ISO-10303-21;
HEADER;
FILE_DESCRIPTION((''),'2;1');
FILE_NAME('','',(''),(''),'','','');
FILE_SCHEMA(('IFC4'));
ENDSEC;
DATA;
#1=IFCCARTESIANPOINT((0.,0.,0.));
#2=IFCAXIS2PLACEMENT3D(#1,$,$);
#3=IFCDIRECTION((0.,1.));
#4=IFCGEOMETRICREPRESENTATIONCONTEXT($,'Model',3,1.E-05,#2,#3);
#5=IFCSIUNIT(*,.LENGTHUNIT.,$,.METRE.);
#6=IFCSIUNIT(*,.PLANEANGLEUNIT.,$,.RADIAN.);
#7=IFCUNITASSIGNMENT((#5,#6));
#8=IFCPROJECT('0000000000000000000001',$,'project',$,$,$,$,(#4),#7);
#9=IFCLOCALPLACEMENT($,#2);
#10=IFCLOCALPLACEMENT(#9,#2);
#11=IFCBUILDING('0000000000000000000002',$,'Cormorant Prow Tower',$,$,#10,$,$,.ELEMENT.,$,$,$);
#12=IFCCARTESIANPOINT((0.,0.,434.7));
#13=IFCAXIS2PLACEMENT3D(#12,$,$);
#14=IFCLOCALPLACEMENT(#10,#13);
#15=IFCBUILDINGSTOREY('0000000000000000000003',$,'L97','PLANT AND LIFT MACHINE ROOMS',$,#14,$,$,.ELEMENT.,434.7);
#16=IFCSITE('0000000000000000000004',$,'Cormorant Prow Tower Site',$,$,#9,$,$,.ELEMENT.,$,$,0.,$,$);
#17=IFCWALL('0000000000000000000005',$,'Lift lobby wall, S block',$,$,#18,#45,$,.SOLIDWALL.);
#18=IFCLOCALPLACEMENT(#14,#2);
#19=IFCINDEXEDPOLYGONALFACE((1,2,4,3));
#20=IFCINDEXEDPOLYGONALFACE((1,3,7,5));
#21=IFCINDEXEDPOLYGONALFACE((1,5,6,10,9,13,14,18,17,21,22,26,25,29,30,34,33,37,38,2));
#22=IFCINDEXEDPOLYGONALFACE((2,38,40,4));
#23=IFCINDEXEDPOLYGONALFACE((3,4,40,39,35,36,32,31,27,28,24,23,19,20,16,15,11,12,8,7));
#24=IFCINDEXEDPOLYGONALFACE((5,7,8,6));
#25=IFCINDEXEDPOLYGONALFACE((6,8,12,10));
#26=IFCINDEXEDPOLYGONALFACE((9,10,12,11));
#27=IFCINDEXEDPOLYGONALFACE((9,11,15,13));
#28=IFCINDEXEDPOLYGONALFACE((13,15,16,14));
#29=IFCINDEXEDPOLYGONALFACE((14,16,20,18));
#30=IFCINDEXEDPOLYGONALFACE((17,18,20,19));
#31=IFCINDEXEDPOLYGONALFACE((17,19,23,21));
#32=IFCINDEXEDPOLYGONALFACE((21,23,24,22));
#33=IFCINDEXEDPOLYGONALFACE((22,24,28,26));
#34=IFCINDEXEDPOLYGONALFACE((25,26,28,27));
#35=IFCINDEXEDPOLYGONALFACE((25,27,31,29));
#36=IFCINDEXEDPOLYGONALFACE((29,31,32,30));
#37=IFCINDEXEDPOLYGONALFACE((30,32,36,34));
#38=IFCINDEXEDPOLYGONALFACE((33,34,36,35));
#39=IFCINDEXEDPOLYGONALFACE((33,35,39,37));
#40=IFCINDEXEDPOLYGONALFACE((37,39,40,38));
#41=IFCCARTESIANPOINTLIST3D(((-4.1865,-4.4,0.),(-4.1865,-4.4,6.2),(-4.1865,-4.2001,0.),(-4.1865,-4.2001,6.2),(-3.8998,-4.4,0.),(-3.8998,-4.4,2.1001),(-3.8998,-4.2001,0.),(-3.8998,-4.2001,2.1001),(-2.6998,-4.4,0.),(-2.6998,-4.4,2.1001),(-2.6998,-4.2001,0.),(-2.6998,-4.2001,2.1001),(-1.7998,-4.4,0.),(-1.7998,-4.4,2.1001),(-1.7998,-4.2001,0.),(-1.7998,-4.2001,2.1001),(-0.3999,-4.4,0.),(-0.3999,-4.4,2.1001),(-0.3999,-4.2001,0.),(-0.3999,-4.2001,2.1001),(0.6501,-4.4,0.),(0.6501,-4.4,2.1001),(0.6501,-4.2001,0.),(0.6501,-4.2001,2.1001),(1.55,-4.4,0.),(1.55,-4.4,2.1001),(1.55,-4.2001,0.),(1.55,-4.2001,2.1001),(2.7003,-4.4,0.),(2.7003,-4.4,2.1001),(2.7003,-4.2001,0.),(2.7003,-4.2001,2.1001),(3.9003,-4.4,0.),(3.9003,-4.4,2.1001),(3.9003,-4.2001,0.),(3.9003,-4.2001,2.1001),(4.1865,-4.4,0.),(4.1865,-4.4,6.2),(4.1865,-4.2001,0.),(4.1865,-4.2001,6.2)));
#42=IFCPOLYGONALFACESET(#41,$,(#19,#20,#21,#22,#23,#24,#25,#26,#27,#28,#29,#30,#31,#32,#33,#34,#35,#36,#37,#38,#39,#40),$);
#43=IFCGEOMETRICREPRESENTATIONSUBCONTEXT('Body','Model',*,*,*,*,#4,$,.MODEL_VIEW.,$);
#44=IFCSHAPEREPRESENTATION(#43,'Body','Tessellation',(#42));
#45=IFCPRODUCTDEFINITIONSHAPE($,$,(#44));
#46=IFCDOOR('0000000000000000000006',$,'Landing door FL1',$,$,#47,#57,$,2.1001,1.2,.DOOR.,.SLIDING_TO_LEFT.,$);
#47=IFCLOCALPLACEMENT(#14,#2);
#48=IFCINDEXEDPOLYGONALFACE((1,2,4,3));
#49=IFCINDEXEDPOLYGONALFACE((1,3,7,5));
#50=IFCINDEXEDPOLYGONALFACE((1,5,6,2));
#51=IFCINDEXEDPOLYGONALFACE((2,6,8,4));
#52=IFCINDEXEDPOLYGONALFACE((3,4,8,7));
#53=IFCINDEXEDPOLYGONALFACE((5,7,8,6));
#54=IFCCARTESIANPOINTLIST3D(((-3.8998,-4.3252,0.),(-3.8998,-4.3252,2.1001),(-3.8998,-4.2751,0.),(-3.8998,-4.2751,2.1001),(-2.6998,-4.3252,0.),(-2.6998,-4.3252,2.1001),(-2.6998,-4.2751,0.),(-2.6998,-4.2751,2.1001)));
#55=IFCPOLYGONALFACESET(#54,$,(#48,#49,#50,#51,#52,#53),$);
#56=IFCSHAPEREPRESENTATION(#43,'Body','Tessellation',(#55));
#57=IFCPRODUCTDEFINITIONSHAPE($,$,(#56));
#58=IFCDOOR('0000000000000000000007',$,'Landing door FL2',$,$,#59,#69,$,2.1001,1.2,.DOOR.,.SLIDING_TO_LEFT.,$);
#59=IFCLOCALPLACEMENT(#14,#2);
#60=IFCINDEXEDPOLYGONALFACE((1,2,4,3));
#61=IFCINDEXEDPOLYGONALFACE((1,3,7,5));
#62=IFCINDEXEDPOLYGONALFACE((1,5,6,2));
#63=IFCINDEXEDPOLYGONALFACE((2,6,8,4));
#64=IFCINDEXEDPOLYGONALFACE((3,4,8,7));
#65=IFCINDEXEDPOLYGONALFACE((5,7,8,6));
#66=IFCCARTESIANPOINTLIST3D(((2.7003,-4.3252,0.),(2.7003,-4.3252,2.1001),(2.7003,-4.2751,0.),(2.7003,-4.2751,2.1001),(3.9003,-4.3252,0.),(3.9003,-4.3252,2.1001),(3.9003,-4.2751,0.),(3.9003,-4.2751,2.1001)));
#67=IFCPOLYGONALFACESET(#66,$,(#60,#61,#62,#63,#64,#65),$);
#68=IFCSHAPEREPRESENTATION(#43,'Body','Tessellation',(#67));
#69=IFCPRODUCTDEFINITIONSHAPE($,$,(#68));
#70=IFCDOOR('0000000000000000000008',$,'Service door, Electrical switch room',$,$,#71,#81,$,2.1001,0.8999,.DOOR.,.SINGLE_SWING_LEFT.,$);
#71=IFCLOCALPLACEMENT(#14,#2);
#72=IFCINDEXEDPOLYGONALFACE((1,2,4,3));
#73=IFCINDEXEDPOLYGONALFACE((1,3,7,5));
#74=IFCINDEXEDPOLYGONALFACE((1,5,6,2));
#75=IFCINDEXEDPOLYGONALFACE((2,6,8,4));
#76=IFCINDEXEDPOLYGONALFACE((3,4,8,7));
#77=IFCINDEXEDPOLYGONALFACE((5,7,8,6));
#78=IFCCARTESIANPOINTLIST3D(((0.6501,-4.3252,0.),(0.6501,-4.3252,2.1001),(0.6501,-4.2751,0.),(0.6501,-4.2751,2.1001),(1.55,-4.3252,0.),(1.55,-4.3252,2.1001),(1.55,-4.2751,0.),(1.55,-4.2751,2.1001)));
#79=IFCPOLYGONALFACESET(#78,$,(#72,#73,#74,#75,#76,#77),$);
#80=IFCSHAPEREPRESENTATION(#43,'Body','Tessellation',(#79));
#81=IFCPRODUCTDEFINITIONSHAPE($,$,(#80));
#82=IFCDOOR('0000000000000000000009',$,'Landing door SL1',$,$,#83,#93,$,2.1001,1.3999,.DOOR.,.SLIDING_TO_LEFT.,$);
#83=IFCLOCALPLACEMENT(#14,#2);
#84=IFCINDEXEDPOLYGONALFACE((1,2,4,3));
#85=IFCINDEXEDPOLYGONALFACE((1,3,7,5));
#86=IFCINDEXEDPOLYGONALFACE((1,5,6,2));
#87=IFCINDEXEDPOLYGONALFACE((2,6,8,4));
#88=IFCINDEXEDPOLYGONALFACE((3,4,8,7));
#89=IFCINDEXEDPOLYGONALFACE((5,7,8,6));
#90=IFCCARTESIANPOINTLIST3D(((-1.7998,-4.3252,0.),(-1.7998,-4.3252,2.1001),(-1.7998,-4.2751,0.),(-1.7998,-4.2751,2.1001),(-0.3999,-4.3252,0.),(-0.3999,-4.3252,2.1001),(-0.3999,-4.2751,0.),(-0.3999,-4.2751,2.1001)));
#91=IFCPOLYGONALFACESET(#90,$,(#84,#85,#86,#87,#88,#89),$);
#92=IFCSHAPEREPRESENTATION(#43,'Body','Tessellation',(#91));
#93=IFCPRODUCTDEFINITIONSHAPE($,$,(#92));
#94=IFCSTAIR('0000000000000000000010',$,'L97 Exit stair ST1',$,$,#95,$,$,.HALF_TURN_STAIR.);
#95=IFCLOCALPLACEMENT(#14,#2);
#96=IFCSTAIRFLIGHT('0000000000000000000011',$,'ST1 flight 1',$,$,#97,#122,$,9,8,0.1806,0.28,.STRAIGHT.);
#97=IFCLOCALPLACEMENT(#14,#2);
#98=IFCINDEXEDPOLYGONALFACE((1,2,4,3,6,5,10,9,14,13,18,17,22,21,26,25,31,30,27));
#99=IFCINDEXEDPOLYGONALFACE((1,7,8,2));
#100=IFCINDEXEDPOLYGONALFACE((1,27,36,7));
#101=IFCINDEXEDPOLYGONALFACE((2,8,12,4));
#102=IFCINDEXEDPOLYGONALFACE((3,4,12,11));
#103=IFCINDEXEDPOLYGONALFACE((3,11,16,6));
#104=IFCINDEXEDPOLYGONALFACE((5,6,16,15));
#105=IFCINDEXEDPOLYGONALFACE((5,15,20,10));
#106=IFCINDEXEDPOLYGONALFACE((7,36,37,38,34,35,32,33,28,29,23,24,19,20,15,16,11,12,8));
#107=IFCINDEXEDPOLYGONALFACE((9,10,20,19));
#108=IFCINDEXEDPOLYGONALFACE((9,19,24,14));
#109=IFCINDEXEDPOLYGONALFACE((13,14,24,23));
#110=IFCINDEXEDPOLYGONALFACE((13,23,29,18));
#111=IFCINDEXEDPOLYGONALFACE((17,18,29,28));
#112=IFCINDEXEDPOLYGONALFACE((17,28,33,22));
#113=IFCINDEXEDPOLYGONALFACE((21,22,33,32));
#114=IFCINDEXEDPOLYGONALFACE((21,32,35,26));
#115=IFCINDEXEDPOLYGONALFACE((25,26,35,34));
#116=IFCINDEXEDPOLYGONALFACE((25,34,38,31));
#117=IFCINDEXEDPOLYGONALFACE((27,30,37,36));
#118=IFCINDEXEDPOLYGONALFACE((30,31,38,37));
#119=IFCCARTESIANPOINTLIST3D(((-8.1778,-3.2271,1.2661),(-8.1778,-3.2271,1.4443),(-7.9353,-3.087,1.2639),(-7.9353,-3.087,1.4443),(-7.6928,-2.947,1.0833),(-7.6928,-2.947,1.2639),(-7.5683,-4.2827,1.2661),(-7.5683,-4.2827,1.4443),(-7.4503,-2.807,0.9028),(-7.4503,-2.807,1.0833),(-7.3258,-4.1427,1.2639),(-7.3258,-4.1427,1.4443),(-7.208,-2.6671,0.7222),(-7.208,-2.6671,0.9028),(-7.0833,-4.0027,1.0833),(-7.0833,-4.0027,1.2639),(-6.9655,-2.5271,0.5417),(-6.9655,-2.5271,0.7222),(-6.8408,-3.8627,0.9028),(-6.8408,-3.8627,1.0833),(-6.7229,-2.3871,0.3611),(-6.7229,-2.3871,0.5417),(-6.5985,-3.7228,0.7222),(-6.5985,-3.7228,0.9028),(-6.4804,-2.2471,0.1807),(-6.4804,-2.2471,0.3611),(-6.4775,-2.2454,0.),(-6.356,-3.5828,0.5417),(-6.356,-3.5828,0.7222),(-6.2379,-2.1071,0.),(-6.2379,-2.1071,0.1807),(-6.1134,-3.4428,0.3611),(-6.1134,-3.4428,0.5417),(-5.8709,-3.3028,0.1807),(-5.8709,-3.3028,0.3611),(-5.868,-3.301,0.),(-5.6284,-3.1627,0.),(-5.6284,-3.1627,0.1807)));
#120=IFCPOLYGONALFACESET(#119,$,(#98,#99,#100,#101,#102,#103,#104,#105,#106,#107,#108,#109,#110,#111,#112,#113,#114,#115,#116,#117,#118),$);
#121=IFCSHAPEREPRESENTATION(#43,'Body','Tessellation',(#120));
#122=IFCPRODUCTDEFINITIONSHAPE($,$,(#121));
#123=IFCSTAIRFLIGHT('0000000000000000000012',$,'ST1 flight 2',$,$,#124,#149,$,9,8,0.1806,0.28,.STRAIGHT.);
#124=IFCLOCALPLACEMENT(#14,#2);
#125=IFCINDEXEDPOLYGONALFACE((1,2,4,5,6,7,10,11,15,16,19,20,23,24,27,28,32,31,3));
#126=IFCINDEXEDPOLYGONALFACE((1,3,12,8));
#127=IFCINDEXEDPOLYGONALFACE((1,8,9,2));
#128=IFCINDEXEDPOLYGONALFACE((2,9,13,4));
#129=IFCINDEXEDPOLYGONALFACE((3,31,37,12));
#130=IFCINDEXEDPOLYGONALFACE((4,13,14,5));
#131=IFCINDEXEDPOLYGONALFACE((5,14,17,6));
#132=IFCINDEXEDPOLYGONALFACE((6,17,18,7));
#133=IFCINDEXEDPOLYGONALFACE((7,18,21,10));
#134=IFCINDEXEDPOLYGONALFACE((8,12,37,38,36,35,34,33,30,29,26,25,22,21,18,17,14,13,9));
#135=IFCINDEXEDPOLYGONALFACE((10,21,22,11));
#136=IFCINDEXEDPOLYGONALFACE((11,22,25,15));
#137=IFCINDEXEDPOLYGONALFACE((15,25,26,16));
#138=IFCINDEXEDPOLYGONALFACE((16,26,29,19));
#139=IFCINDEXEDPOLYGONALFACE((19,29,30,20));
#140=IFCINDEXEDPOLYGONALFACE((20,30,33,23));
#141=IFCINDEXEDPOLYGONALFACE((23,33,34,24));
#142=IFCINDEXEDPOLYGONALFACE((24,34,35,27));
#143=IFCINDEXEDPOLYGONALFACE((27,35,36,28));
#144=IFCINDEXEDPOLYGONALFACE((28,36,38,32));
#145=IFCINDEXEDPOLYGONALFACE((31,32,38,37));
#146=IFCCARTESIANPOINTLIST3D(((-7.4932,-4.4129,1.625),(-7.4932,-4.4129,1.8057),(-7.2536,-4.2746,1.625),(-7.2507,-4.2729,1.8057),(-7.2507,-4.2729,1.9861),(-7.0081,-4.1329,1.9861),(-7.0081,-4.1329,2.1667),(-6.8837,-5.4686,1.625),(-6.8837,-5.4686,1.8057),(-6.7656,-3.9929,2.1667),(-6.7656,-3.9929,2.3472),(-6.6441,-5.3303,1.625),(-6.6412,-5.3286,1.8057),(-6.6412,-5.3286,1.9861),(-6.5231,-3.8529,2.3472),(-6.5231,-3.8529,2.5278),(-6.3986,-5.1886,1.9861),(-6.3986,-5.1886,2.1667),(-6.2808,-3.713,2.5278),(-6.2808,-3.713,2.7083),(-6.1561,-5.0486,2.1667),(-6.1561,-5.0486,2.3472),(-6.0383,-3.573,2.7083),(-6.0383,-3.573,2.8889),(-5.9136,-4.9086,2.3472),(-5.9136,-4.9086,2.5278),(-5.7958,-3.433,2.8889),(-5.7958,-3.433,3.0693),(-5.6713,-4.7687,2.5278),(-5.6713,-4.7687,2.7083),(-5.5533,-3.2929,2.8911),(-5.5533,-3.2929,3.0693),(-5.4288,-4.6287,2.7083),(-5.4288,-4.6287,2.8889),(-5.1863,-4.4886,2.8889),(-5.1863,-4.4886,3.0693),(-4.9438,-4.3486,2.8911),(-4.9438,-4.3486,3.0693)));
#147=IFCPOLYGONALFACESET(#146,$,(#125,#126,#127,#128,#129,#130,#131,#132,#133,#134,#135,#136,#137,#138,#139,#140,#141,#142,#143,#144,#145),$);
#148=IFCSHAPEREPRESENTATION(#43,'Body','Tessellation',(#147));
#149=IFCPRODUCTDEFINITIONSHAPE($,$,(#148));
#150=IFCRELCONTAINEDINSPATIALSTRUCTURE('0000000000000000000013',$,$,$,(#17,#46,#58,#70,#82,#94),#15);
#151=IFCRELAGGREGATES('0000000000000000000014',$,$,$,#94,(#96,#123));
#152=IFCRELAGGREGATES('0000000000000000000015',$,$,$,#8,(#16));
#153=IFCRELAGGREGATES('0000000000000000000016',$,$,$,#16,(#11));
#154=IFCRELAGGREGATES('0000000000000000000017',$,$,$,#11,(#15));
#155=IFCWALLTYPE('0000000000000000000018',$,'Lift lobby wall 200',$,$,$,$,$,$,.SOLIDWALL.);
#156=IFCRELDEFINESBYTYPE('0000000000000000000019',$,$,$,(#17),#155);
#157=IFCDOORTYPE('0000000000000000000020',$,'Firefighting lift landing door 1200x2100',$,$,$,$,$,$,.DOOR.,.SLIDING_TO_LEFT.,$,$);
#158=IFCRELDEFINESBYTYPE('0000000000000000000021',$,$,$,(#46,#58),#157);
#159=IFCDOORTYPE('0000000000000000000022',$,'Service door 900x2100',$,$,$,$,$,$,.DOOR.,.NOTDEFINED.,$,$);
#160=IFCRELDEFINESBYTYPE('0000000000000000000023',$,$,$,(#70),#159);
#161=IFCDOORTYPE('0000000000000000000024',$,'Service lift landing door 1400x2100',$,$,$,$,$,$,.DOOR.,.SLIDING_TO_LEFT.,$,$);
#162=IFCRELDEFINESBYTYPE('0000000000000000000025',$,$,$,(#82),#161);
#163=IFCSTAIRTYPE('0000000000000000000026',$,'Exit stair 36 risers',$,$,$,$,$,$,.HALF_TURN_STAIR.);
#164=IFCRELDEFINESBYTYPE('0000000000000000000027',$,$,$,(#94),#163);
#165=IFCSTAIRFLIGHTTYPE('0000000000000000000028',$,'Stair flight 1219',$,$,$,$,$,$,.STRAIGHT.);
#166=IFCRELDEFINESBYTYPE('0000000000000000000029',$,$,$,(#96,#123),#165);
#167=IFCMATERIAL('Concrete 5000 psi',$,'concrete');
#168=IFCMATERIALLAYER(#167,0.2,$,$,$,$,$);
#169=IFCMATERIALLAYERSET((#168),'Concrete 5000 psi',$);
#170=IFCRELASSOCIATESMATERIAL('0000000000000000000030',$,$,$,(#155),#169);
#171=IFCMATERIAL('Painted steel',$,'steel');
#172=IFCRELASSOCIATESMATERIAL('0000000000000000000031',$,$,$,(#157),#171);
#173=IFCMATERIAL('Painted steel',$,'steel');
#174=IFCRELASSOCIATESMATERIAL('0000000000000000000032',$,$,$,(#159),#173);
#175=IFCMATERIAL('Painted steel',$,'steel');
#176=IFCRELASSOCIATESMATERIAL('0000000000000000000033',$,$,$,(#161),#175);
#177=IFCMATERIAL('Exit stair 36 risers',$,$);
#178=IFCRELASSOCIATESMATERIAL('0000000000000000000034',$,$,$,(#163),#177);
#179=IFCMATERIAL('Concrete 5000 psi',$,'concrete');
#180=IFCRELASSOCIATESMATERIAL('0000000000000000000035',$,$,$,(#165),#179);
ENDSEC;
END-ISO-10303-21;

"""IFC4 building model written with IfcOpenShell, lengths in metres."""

from ifc_helpers import new_model, si_unit, direction, frame, frame_2d, origin, place, context, subcontext, project, spatial, polyline, rectangle, outline, extrude, material, layer, layer_set, type_object, element, fill, aggregate, save


model = new_model("IFC4")

# Units and contexts
model_context = context("Model", 3, precision=1e-05, world=origin(), true_north=direction((0.0, 1.0)))
body_context = subcontext(model_context, "Body", "Model", "MODEL_VIEW")
ifc_project = project(units=[si_unit("LENGTHUNIT", "METRE"), si_unit("PLANEANGLEUNIT", "RADIAN")], contexts=[model_context])

# Site, building, storey
site_placement = place(None, origin())
site = spatial("IfcSite", under=ifc_project, at=site_placement, Name="Cormorant Prow Tower Site", CompositionType="ELEMENT", RefElevation=0.0)
building_placement = place(site_placement, origin())
building = spatial("IfcBuilding", under=site, at=building_placement, Name="Cormorant Prow Tower", CompositionType="ELEMENT")
storey_placement = place(building_placement, frame((0.0, 0.0, 434.7)))
storey = spatial("IfcBuildingStorey", under=building, at=storey_placement, Name="L97", Description="PLANT AND LIFT MACHINE ROOMS", CompositionType="ELEMENT", Elevation=434.7)

# Wall, openings, doors
ifc_material_1 = material(Name="Concrete 5000 psi", Category="concrete")
ifc_layer_1 = layer(ifc_material_1, 0.2)
ifc_layer_set_1 = layer_set([ifc_layer_1], Name="Concrete 5000 psi")
wall_type_1 = type_object("IfcWallType", Name="Lift lobby wall 200", PredefinedType="SOLIDWALL", material=ifc_layer_set_1)
wall_1_placement = place(storey_placement, frame((-4.1865, -4.3, 0.0), z_axis=(0.0, 0.0, 1.0), x_axis=(1.0, 0.0, 0.0)))
wall_1 = element("IfcWall", 1, at=wall_1_placement, inside=storey, type_object=wall_type_1, Name="Lift lobby wall, S block", PredefinedType="SOLIDWALL", context=body_context, shape_type="SweptSolid", body=[
    extrude(rectangle(XDim=8.373, YDim=0.2, at=frame_2d((4.1865, 0.0))), origin(), (0.0, 0.0, 1.0), 6.2),
])
opening_1_placement = place(wall_1_placement, frame((0.2866, 0.0, 0.0)))
opening_1 = element("IfcOpeningElement", 2, at=opening_1_placement, cuts=wall_1, PredefinedType="OPENING", context=body_context, shape_type="SweptSolid", body=[
    extrude(rectangle(XDim=1.2, YDim=2.1001, at=frame_2d((0.6001, 1.05))), frame((0.0, 0.1099, 0.0), z_axis=(0.0, -1.0, 0.0), x_axis=(1.0, 0.0, 0.0)), (0.0, 0.0, 1.0), 0.22),
])
opening_2_placement = place(wall_1_placement, frame((2.3867, 0.0, 0.0)))
opening_2 = element("IfcOpeningElement", 3, at=opening_2_placement, cuts=wall_1, PredefinedType="OPENING", context=body_context, shape_type="SweptSolid", body=[
    extrude(rectangle(XDim=1.3999, YDim=2.1001, at=frame_2d((0.7, 1.05))), frame((0.0, 0.1099, 0.0), z_axis=(0.0, -1.0, 0.0), x_axis=(1.0, 0.0, 0.0)), (0.0, 0.0, 1.0), 0.22),
])
opening_3_placement = place(wall_1_placement, frame((4.8367, 0.0, 0.0)))
opening_3 = element("IfcOpeningElement", 4, at=opening_3_placement, cuts=wall_1, PredefinedType="OPENING", context=body_context, shape_type="SweptSolid", body=[
    extrude(rectangle(XDim=0.8999, YDim=2.1001, at=frame_2d((0.45, 1.05))), frame((0.0, 0.1099, 0.0), z_axis=(0.0, -1.0, 0.0), x_axis=(1.0, 0.0, 0.0)), (0.0, 0.0, 1.0), 0.22),
])
opening_4_placement = place(wall_1_placement, frame((6.8867, 0.0, 0.0)))
opening_4 = element("IfcOpeningElement", 5, at=opening_4_placement, cuts=wall_1, PredefinedType="OPENING", context=body_context, shape_type="SweptSolid", body=[
    extrude(rectangle(XDim=1.2, YDim=2.1001, at=frame_2d((0.6001, 1.05))), frame((0.0, 0.1099, 0.0), z_axis=(0.0, -1.0, 0.0), x_axis=(1.0, 0.0, 0.0)), (0.0, 0.0, 1.0), 0.22),
])
ifc_material_2 = material(Name="Painted steel", Category="steel")
door_type_1 = type_object("IfcDoorType", Name="Firefighting lift landing door 1200x2100", OperationType="SLIDING_TO_LEFT", PredefinedType="DOOR", material=ifc_material_2)
door_1_placement = place(opening_1_placement, origin())
door_1 = element("IfcDoor", 6, at=door_1_placement, inside=storey, type_object=door_type_1, Name="Landing door FL1", OperationType="SLIDING_TO_LEFT", OverallHeight=2.1001, OverallWidth=1.2, PredefinedType="DOOR", context=body_context, shape_type="SweptSolid", body=[
    extrude(rectangle(XDim=1.2, YDim=2.1001, at=frame_2d((0.6001, 1.05))), frame((0.0, 0.0249, 0.0), z_axis=(0.0, -1.0, 0.0), x_axis=(1.0, 0.0, 0.0)), (0.0, 0.0, 1.0), 0.05),
])
fill(opening_1, door_1)
door_2_placement = place(opening_4_placement, origin())
door_2 = element("IfcDoor", 7, at=door_2_placement, inside=storey, type_object=door_type_1, Name="Landing door FL2", OperationType="SLIDING_TO_LEFT", OverallHeight=2.1001, OverallWidth=1.2, PredefinedType="DOOR", context=body_context, shape_type="SweptSolid", body=[
    extrude(rectangle(XDim=1.2, YDim=2.1001, at=frame_2d((0.6001, 1.05))), frame((0.0, 0.0249, 0.0), z_axis=(0.0, -1.0, 0.0), x_axis=(1.0, 0.0, 0.0)), (0.0, 0.0, 1.0), 0.05),
])
fill(opening_4, door_2)
ifc_material_3 = material(Name="Painted steel", Category="steel")
door_type_2 = type_object("IfcDoorType", Name="Service door 900x2100", OperationType="NOTDEFINED", PredefinedType="DOOR", material=ifc_material_3)
door_3_placement = place(opening_3_placement, origin())
door_3 = element("IfcDoor", 8, at=door_3_placement, inside=storey, type_object=door_type_2, Name="Service door, Electrical switch room", OperationType="SINGLE_SWING_LEFT", OverallHeight=2.1001, OverallWidth=0.8999, PredefinedType="DOOR", context=body_context, shape_type="SweptSolid", body=[
    extrude(rectangle(XDim=0.8999, YDim=2.1001, at=frame_2d((0.45, 1.05))), frame((0.0, 0.0249, 0.0), z_axis=(0.0, -1.0, 0.0), x_axis=(1.0, 0.0, 0.0)), (0.0, 0.0, 1.0), 0.05),
])
fill(opening_3, door_3)
ifc_material_4 = material(Name="Painted steel", Category="steel")
door_type_3 = type_object("IfcDoorType", Name="Service lift landing door 1400x2100", OperationType="SLIDING_TO_LEFT", PredefinedType="DOOR", material=ifc_material_4)
door_4_placement = place(opening_2_placement, origin())
door_4 = element("IfcDoor", 9, at=door_4_placement, inside=storey, type_object=door_type_3, Name="Landing door SL1", OperationType="SLIDING_TO_LEFT", OverallHeight=2.1001, OverallWidth=1.3999, PredefinedType="DOOR", context=body_context, shape_type="SweptSolid", body=[
    extrude(rectangle(XDim=1.3999, YDim=2.1001, at=frame_2d((0.7, 1.05))), frame((0.0, 0.0249, 0.0), z_axis=(0.0, -1.0, 0.0), x_axis=(1.0, 0.0, 0.0)), (0.0, 0.0, 1.0), 0.05),
])
fill(opening_2, door_4)

# Stair, stair flights
ifc_material_5 = material(Name="Exit stair 36 risers")
stair_type = type_object("IfcStairType", Name="Exit stair 36 risers", PredefinedType="HALF_TURN_STAIR", material=ifc_material_5)
stair_placement = place(storey_placement, origin())
stair = element("IfcStair", 10, at=stair_placement, inside=storey, type_object=stair_type, Name="L97 Exit stair ST1", PredefinedType="HALF_TURN_STAIR")
ifc_material_6 = material(Name="Concrete 5000 psi", Category="concrete")
stair_flight_type = type_object("IfcStairFlightType", Name="Stair flight 1219", PredefinedType="STRAIGHT", material=ifc_material_6)
stair_flight_1_placement = place(storey_placement, frame((-5.9331, -2.635, 0.0), z_axis=(0.0, 0.0, 1.0), x_axis=(-0.866025, -0.5, 0.0)))
stair_flight_1 = element("IfcStairFlight", 11, at=stair_flight_1_placement, type_object=stair_flight_type, Name="ST1 flight 1", NumberOfRisers=9, NumberOfTreads=8, PredefinedType="STRAIGHT", RiserHeight=0.1806, TreadLength=0.28, context=body_context, shape_type="SweptSolid", body=[
    extrude(outline(polyline([(0.0, 0.0), (0.0, 0.1807), (0.28, 0.1807), (0.28, 0.3611), (0.5601, 0.3611), (0.5601, 0.5417), (0.8401, 0.5417), (0.8401, 0.7222), (1.1201, 0.7222), (1.1201, 0.9028), (1.3999, 0.9028), (1.3999, 1.0833), (1.6799, 1.0833), (1.6799, 1.2639), (1.96, 1.2639), (1.96, 1.4443), (2.24, 1.4443), (2.24, 1.625), (2.24, 1.2661), (0.2766, 0.0), (0.0, 0.0)])), frame((0.0, 0.6094, 0.0), z_axis=(0.0, -1.0, 0.0), x_axis=(1.0, 0.0, 0.0)), (0.0, 0.0, 1.0), 1.219),
])
stair_flight_2_placement = place(storey_placement, frame((-7.1885, -4.9407, 1.625), z_axis=(0.0, 0.0, 1.0), x_axis=(0.866025, 0.5, 0.0)))
stair_flight_2 = element("IfcStairFlight", 12, at=stair_flight_2_placement, type_object=stair_flight_type, Name="ST1 flight 2", NumberOfRisers=9, NumberOfTreads=8, PredefinedType="STRAIGHT", RiserHeight=0.1806, TreadLength=0.28, context=body_context, shape_type="SweptSolid", body=[
    extrude(outline(polyline([(0.0, 0.0), (0.0, 0.1807), (0.28, 0.1807), (0.28, 0.3611), (0.5601, 0.3611), (0.5601, 0.5417), (0.8401, 0.5417), (0.8401, 0.7222), (1.1201, 0.7222), (1.1201, 0.9028), (1.3999, 0.9028), (1.3999, 1.0833), (1.6799, 1.0833), (1.6799, 1.2639), (1.96, 1.2639), (1.96, 1.4443), (2.24, 1.4443), (2.24, 1.625), (2.24, 1.2661), (0.2766, 0.0), (0.0, 0.0)])), frame((0.0, 0.6094, 0.0), z_axis=(0.0, -1.0, 0.0), x_axis=(1.0, 0.0, 0.0)), (0.0, 0.0, 1.0), 1.219),
])
aggregate(stair, [stair_flight_1, stair_flight_2])

save(model, "model.ifc")
